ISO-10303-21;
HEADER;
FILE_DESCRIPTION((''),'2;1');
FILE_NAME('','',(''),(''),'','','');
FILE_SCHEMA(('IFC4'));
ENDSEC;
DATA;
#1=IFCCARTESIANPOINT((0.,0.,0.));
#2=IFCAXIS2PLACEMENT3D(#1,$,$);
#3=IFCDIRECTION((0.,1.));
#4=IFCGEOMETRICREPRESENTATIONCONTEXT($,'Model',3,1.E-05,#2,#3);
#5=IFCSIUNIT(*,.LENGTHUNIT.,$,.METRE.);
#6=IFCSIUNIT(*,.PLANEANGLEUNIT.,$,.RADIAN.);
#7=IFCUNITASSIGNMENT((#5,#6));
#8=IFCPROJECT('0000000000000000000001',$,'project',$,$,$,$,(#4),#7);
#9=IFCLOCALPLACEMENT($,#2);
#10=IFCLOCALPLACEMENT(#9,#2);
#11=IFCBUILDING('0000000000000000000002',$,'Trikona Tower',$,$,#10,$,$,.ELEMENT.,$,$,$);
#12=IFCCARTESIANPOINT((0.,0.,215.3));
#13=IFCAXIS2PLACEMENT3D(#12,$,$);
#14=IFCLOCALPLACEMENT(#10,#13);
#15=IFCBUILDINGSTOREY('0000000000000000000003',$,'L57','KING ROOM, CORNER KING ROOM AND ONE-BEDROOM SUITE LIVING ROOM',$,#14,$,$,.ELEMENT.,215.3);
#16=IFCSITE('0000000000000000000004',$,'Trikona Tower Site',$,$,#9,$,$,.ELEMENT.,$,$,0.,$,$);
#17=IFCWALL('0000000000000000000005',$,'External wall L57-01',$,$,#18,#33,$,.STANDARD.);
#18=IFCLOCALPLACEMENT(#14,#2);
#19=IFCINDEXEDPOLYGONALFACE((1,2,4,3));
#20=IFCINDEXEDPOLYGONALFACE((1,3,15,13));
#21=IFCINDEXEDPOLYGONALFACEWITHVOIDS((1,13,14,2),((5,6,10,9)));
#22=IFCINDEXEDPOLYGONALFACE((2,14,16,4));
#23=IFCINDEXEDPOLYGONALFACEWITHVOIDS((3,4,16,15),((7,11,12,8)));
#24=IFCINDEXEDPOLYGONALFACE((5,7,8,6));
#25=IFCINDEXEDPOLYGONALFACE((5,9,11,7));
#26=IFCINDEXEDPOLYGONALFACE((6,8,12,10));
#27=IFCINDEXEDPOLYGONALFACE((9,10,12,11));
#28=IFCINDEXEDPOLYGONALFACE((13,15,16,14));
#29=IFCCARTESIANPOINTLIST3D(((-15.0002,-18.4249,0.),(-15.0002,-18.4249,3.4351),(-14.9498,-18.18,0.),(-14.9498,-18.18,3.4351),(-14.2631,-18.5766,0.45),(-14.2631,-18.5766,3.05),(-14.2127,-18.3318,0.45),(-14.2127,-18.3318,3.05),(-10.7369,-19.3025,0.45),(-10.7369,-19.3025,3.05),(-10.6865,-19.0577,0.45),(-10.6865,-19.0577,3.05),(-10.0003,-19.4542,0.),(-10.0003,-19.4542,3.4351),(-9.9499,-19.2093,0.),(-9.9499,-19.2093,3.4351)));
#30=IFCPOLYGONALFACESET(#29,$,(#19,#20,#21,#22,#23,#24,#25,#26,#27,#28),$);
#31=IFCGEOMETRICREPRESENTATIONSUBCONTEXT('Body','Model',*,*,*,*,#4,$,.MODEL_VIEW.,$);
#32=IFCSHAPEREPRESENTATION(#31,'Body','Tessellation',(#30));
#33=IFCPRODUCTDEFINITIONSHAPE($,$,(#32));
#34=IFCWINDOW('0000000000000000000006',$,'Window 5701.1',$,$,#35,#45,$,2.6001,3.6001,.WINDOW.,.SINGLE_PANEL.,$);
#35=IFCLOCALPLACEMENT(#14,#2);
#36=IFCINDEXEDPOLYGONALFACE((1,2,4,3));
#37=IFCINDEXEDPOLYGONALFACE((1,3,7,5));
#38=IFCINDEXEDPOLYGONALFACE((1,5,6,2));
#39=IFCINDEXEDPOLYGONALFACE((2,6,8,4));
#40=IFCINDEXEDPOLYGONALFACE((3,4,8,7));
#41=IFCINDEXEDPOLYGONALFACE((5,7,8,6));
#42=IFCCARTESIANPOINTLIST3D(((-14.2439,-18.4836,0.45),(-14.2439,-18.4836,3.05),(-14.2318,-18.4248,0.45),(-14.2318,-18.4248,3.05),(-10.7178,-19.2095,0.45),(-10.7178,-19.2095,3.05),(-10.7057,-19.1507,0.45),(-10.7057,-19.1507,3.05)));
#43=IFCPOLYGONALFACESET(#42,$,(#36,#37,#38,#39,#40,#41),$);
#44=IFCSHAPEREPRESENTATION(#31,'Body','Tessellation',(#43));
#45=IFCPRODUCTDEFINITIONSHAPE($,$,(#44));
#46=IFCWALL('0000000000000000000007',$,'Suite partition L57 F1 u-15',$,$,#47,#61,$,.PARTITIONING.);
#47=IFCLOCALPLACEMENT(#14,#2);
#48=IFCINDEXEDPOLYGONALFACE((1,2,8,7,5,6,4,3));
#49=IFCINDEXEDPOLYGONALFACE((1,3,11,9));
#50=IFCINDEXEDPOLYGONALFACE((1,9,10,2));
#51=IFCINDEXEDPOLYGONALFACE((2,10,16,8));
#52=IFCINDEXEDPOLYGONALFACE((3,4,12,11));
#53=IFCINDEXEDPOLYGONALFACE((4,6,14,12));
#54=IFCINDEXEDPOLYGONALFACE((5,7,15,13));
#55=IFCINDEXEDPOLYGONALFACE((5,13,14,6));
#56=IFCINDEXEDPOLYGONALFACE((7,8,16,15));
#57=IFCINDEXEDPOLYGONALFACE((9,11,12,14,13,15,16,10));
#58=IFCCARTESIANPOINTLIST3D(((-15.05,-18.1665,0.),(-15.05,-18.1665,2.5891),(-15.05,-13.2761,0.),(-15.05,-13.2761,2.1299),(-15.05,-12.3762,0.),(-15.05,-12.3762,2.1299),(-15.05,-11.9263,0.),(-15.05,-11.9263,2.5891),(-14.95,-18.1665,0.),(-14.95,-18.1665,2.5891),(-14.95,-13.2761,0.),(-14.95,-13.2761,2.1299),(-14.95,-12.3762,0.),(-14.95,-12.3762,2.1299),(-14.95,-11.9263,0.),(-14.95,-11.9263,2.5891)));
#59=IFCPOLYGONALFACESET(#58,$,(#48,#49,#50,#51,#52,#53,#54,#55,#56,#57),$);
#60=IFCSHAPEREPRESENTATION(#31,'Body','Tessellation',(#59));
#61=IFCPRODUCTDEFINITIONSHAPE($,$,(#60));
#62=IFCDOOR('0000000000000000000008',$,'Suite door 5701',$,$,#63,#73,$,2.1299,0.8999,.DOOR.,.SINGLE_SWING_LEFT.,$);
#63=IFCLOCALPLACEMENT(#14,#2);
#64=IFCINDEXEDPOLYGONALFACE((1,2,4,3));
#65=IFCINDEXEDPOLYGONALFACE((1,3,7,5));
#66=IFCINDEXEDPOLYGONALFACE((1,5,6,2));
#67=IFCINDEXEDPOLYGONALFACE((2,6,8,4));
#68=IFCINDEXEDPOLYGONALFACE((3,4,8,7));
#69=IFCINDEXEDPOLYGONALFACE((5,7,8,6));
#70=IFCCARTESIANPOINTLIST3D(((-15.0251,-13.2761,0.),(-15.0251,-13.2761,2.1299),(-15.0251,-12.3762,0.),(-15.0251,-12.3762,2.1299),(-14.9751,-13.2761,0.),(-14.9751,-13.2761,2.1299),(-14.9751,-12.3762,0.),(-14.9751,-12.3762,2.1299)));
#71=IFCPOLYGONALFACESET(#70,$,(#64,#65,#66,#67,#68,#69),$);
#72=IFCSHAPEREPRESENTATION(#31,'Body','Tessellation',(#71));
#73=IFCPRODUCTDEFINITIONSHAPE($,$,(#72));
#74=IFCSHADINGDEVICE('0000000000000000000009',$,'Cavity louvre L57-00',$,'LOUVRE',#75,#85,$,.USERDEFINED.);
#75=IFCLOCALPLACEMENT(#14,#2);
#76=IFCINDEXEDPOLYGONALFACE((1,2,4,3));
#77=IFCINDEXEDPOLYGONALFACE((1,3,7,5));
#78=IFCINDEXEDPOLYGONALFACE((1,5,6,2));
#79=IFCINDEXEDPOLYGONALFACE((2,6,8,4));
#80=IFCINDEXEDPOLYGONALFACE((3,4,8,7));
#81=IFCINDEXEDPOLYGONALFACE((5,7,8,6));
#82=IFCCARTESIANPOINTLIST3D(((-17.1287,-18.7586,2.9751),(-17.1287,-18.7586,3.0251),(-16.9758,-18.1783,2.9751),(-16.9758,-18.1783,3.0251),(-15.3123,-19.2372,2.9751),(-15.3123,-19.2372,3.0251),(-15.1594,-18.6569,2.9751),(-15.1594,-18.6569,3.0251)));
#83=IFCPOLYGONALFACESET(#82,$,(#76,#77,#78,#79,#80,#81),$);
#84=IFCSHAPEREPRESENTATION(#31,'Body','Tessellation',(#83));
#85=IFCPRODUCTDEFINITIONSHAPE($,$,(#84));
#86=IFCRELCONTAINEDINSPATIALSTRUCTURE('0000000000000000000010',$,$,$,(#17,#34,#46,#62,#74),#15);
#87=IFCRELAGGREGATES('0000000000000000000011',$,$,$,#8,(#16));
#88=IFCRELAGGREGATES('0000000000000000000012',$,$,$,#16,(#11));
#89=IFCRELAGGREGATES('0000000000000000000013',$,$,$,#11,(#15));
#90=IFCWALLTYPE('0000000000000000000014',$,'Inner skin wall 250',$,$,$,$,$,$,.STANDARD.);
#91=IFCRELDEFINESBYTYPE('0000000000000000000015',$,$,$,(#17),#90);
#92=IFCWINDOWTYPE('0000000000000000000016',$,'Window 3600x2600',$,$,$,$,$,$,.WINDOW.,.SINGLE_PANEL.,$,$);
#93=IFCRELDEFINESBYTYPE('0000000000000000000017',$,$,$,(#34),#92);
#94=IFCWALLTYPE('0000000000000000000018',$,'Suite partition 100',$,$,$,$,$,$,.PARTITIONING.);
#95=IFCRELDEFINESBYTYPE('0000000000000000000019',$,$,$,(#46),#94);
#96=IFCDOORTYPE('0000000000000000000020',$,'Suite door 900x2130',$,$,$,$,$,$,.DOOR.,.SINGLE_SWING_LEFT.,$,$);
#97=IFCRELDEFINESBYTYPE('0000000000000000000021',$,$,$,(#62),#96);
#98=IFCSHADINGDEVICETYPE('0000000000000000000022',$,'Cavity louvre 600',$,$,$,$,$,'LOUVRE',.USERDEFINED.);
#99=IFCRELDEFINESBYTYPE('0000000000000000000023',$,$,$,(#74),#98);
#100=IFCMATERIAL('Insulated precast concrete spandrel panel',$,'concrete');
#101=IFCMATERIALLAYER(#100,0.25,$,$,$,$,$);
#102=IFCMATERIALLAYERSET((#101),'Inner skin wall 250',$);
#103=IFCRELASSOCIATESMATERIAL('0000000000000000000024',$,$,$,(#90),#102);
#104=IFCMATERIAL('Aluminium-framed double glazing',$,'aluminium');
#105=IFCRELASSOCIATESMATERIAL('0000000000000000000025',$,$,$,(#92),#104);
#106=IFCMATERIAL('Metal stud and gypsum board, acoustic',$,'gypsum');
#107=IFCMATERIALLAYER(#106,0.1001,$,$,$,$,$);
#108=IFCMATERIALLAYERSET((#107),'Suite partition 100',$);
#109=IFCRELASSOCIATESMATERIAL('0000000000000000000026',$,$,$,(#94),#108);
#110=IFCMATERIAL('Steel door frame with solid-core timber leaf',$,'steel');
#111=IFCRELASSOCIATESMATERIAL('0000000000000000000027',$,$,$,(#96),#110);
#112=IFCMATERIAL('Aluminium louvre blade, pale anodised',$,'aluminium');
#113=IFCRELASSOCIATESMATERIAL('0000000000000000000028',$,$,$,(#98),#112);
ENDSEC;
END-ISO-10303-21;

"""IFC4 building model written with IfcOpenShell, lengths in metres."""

from ifc_helpers import new_model, si_unit, direction, frame, frame_2d, origin, origin_2d, place, context, subcontext, project, spatial, rectangle, extrude, material, layer, layer_set, type_object, element, fill, save


model = new_model("IFC4")

# Units and contexts
model_context = context("Model", 3, precision=1e-05, world=origin(), true_north=direction((0.0, 1.0)))
body_context = subcontext(model_context, "Body", "Model", "MODEL_VIEW")
ifc_project = project(units=[si_unit("LENGTHUNIT", "METRE"), si_unit("PLANEANGLEUNIT", "RADIAN")], contexts=[model_context])

# Site, building, storey
site_placement = place(None, origin())
site = spatial("IfcSite", under=ifc_project, at=site_placement, Name="Trikona Tower Site", CompositionType="ELEMENT", RefElevation=0.0)
building_placement = place(site_placement, origin())
building = spatial("IfcBuilding", under=site, at=building_placement, Name="Trikona Tower", CompositionType="ELEMENT")
storey_placement = place(building_placement, frame((0.0, 0.0, 215.3)))
storey = spatial("IfcBuildingStorey", under=building, at=storey_placement, Name="L57", Description="KING ROOM, CORNER KING ROOM AND ONE-BEDROOM SUITE LIVING ROOM", CompositionType="ELEMENT", Elevation=215.3)

# Wall, opening, window
ifc_material_1 = material(Name="Insulated precast concrete spandrel panel", Category="concrete")
ifc_layer_1 = layer(ifc_material_1, 0.25)
ifc_layer_set_1 = layer_set([ifc_layer_1], Name="Inner skin wall 250")
wall_type_1 = type_object("IfcWallType", Name="Inner skin wall 250", PredefinedType="STANDARD", material=ifc_layer_set_1)
wall_1_placement = place(storey_placement, frame((-14.9749, -18.3025, 0.0), z_axis=(0.0, 0.0, 1.0), x_axis=(0.979461, -0.201631, 0.0)))
wall_1 = element("IfcWall", 1, at=wall_1_placement, inside=storey, type_object=wall_type_1, Name="External wall L57-01", PredefinedType="STANDARD", context=body_context, shape_type="SweptSolid", body=[
    extrude(rectangle(XDim=5.1047, YDim=0.25, at=frame_2d((2.5522, 0.0))), origin(), (0.0, 0.0, 1.0), 3.4351),
])
opening_1_placement = place(wall_1_placement, frame((0.7524, 0.0, 0.45)))
opening_1 = element("IfcOpeningElement", 2, at=opening_1_placement, cuts=wall_1, PredefinedType="OPENING", context=body_context, shape_type="SweptSolid", body=[
    extrude(rectangle(XDim=3.6001, YDim=2.6001, at=frame_2d((1.8, 1.3))), frame((0.0, 0.135, 0.0), z_axis=(0.0, -1.0, 0.0), x_axis=(1.0, 0.0, 0.0)), (0.0, 0.0, 1.0), 0.27),
])
ifc_material_2 = material(Name="Aluminium-framed double glazing", Category="aluminium")
window_type = type_object("IfcWindowType", Name="Window 3600x2600", PartitioningType="SINGLE_PANEL", PredefinedType="WINDOW", material=ifc_material_2)
window_placement = place(opening_1_placement, origin())
window = element("IfcWindow", 3, at=window_placement, inside=storey, type_object=window_type, Name="Window 5701.1", OverallHeight=2.6001, OverallWidth=3.6001, PartitioningType="SINGLE_PANEL", PredefinedType="WINDOW", context=body_context, shape_type="SweptSolid", body=[
    extrude(rectangle(XDim=3.6001, YDim=2.6001, at=frame_2d((1.8, 1.3))), frame((0.0, 0.03, 0.0), z_axis=(0.0, -1.0, 0.0), x_axis=(1.0, 0.0, 0.0)), (0.0, 0.0, 1.0), 0.0601),
])
fill(opening_1, window)

# Wall, opening, door
ifc_material_3 = material(Name="Metal stud and gypsum board, acoustic", Category="gypsum")
ifc_layer_2 = layer(ifc_material_3, 0.1001)
ifc_layer_set_2 = layer_set([ifc_layer_2], Name="Suite partition 100")
wall_type_2 = type_object("IfcWallType", Name="Suite partition 100", PredefinedType="PARTITIONING", material=ifc_layer_set_2)
wall_2_placement = place(storey_placement, frame((-15.0, -11.9263, 0.0), z_axis=(0.0, 0.0, 1.0), x_axis=(0.0, -1.0, 0.0)))
wall_2 = element("IfcWall", 4, at=wall_2_placement, inside=storey, type_object=wall_type_2, Name="Suite partition L57 F1 u-15", PredefinedType="PARTITIONING", context=body_context, shape_type="SweptSolid", body=[
    extrude(rectangle(XDim=6.2402, YDim=0.1001, at=frame_2d((3.1201, 0.0))), origin(), (0.0, 0.0, 1.0), 2.5891),
])
opening_2_placement = place(wall_2_placement, frame((0.45, 0.0, 0.0)))
opening_2 = element("IfcOpeningElement", 5, at=opening_2_placement, cuts=wall_2, PredefinedType="OPENING", context=body_context, shape_type="SweptSolid", body=[
    extrude(rectangle(XDim=0.8999, YDim=2.1299, at=frame_2d((0.45, 1.0649))), frame((0.0, 0.0601, 0.0), z_axis=(0.0, -1.0, 0.0), x_axis=(1.0, 0.0, 0.0)), (0.0, 0.0, 1.0), 0.1201),
])
ifc_material_4 = material(Name="Steel door frame with solid-core timber leaf", Category="steel")
door_type = type_object("IfcDoorType", Name="Suite door 900x2130", OperationType="SINGLE_SWING_LEFT", PredefinedType="DOOR", material=ifc_material_4)
door_placement = place(opening_2_placement, origin())
door = element("IfcDoor", 6, at=door_placement, inside=storey, type_object=door_type, Name="Suite door 5701", OperationType="SINGLE_SWING_LEFT", OverallHeight=2.1299, OverallWidth=0.8999, PredefinedType="DOOR", context=body_context, shape_type="SweptSolid", body=[
    extrude(rectangle(XDim=0.8999, YDim=2.1299, at=frame_2d((0.45, 1.0649))), frame((0.0, 0.0249, 0.0), z_axis=(0.0, -1.0, 0.0), x_axis=(1.0, 0.0, 0.0)), (0.0, 0.0, 1.0), 0.05),
])
fill(opening_2, door)

# Shading device
ifc_material_5 = material(Name="Aluminium louvre blade, pale anodised", Category="aluminium")
shading_device_type = type_object("IfcShadingDeviceType", Name="Cavity louvre 600", ElementType="LOUVRE", PredefinedType="USERDEFINED", material=ifc_material_5)
shading_device_placement = place(storey_placement, frame((-16.144, -18.7078, 2.9751), z_axis=(0.0, 0.0, 1.0), x_axis=(0.966993, -0.254803, 0.0)))
element("IfcShadingDevice", 7, at=shading_device_placement, inside=storey, type_object=shading_device_type, Name="Cavity louvre L57-00", ObjectType="LOUVRE", PredefinedType="USERDEFINED", context=body_context, shape_type="SweptSolid", body=[
    extrude(rectangle(XDim=1.8784, YDim=0.6001, at=origin_2d()), origin(), (0.0, 0.0, 1.0), 0.05),
])

save(model, "model.ifc")
